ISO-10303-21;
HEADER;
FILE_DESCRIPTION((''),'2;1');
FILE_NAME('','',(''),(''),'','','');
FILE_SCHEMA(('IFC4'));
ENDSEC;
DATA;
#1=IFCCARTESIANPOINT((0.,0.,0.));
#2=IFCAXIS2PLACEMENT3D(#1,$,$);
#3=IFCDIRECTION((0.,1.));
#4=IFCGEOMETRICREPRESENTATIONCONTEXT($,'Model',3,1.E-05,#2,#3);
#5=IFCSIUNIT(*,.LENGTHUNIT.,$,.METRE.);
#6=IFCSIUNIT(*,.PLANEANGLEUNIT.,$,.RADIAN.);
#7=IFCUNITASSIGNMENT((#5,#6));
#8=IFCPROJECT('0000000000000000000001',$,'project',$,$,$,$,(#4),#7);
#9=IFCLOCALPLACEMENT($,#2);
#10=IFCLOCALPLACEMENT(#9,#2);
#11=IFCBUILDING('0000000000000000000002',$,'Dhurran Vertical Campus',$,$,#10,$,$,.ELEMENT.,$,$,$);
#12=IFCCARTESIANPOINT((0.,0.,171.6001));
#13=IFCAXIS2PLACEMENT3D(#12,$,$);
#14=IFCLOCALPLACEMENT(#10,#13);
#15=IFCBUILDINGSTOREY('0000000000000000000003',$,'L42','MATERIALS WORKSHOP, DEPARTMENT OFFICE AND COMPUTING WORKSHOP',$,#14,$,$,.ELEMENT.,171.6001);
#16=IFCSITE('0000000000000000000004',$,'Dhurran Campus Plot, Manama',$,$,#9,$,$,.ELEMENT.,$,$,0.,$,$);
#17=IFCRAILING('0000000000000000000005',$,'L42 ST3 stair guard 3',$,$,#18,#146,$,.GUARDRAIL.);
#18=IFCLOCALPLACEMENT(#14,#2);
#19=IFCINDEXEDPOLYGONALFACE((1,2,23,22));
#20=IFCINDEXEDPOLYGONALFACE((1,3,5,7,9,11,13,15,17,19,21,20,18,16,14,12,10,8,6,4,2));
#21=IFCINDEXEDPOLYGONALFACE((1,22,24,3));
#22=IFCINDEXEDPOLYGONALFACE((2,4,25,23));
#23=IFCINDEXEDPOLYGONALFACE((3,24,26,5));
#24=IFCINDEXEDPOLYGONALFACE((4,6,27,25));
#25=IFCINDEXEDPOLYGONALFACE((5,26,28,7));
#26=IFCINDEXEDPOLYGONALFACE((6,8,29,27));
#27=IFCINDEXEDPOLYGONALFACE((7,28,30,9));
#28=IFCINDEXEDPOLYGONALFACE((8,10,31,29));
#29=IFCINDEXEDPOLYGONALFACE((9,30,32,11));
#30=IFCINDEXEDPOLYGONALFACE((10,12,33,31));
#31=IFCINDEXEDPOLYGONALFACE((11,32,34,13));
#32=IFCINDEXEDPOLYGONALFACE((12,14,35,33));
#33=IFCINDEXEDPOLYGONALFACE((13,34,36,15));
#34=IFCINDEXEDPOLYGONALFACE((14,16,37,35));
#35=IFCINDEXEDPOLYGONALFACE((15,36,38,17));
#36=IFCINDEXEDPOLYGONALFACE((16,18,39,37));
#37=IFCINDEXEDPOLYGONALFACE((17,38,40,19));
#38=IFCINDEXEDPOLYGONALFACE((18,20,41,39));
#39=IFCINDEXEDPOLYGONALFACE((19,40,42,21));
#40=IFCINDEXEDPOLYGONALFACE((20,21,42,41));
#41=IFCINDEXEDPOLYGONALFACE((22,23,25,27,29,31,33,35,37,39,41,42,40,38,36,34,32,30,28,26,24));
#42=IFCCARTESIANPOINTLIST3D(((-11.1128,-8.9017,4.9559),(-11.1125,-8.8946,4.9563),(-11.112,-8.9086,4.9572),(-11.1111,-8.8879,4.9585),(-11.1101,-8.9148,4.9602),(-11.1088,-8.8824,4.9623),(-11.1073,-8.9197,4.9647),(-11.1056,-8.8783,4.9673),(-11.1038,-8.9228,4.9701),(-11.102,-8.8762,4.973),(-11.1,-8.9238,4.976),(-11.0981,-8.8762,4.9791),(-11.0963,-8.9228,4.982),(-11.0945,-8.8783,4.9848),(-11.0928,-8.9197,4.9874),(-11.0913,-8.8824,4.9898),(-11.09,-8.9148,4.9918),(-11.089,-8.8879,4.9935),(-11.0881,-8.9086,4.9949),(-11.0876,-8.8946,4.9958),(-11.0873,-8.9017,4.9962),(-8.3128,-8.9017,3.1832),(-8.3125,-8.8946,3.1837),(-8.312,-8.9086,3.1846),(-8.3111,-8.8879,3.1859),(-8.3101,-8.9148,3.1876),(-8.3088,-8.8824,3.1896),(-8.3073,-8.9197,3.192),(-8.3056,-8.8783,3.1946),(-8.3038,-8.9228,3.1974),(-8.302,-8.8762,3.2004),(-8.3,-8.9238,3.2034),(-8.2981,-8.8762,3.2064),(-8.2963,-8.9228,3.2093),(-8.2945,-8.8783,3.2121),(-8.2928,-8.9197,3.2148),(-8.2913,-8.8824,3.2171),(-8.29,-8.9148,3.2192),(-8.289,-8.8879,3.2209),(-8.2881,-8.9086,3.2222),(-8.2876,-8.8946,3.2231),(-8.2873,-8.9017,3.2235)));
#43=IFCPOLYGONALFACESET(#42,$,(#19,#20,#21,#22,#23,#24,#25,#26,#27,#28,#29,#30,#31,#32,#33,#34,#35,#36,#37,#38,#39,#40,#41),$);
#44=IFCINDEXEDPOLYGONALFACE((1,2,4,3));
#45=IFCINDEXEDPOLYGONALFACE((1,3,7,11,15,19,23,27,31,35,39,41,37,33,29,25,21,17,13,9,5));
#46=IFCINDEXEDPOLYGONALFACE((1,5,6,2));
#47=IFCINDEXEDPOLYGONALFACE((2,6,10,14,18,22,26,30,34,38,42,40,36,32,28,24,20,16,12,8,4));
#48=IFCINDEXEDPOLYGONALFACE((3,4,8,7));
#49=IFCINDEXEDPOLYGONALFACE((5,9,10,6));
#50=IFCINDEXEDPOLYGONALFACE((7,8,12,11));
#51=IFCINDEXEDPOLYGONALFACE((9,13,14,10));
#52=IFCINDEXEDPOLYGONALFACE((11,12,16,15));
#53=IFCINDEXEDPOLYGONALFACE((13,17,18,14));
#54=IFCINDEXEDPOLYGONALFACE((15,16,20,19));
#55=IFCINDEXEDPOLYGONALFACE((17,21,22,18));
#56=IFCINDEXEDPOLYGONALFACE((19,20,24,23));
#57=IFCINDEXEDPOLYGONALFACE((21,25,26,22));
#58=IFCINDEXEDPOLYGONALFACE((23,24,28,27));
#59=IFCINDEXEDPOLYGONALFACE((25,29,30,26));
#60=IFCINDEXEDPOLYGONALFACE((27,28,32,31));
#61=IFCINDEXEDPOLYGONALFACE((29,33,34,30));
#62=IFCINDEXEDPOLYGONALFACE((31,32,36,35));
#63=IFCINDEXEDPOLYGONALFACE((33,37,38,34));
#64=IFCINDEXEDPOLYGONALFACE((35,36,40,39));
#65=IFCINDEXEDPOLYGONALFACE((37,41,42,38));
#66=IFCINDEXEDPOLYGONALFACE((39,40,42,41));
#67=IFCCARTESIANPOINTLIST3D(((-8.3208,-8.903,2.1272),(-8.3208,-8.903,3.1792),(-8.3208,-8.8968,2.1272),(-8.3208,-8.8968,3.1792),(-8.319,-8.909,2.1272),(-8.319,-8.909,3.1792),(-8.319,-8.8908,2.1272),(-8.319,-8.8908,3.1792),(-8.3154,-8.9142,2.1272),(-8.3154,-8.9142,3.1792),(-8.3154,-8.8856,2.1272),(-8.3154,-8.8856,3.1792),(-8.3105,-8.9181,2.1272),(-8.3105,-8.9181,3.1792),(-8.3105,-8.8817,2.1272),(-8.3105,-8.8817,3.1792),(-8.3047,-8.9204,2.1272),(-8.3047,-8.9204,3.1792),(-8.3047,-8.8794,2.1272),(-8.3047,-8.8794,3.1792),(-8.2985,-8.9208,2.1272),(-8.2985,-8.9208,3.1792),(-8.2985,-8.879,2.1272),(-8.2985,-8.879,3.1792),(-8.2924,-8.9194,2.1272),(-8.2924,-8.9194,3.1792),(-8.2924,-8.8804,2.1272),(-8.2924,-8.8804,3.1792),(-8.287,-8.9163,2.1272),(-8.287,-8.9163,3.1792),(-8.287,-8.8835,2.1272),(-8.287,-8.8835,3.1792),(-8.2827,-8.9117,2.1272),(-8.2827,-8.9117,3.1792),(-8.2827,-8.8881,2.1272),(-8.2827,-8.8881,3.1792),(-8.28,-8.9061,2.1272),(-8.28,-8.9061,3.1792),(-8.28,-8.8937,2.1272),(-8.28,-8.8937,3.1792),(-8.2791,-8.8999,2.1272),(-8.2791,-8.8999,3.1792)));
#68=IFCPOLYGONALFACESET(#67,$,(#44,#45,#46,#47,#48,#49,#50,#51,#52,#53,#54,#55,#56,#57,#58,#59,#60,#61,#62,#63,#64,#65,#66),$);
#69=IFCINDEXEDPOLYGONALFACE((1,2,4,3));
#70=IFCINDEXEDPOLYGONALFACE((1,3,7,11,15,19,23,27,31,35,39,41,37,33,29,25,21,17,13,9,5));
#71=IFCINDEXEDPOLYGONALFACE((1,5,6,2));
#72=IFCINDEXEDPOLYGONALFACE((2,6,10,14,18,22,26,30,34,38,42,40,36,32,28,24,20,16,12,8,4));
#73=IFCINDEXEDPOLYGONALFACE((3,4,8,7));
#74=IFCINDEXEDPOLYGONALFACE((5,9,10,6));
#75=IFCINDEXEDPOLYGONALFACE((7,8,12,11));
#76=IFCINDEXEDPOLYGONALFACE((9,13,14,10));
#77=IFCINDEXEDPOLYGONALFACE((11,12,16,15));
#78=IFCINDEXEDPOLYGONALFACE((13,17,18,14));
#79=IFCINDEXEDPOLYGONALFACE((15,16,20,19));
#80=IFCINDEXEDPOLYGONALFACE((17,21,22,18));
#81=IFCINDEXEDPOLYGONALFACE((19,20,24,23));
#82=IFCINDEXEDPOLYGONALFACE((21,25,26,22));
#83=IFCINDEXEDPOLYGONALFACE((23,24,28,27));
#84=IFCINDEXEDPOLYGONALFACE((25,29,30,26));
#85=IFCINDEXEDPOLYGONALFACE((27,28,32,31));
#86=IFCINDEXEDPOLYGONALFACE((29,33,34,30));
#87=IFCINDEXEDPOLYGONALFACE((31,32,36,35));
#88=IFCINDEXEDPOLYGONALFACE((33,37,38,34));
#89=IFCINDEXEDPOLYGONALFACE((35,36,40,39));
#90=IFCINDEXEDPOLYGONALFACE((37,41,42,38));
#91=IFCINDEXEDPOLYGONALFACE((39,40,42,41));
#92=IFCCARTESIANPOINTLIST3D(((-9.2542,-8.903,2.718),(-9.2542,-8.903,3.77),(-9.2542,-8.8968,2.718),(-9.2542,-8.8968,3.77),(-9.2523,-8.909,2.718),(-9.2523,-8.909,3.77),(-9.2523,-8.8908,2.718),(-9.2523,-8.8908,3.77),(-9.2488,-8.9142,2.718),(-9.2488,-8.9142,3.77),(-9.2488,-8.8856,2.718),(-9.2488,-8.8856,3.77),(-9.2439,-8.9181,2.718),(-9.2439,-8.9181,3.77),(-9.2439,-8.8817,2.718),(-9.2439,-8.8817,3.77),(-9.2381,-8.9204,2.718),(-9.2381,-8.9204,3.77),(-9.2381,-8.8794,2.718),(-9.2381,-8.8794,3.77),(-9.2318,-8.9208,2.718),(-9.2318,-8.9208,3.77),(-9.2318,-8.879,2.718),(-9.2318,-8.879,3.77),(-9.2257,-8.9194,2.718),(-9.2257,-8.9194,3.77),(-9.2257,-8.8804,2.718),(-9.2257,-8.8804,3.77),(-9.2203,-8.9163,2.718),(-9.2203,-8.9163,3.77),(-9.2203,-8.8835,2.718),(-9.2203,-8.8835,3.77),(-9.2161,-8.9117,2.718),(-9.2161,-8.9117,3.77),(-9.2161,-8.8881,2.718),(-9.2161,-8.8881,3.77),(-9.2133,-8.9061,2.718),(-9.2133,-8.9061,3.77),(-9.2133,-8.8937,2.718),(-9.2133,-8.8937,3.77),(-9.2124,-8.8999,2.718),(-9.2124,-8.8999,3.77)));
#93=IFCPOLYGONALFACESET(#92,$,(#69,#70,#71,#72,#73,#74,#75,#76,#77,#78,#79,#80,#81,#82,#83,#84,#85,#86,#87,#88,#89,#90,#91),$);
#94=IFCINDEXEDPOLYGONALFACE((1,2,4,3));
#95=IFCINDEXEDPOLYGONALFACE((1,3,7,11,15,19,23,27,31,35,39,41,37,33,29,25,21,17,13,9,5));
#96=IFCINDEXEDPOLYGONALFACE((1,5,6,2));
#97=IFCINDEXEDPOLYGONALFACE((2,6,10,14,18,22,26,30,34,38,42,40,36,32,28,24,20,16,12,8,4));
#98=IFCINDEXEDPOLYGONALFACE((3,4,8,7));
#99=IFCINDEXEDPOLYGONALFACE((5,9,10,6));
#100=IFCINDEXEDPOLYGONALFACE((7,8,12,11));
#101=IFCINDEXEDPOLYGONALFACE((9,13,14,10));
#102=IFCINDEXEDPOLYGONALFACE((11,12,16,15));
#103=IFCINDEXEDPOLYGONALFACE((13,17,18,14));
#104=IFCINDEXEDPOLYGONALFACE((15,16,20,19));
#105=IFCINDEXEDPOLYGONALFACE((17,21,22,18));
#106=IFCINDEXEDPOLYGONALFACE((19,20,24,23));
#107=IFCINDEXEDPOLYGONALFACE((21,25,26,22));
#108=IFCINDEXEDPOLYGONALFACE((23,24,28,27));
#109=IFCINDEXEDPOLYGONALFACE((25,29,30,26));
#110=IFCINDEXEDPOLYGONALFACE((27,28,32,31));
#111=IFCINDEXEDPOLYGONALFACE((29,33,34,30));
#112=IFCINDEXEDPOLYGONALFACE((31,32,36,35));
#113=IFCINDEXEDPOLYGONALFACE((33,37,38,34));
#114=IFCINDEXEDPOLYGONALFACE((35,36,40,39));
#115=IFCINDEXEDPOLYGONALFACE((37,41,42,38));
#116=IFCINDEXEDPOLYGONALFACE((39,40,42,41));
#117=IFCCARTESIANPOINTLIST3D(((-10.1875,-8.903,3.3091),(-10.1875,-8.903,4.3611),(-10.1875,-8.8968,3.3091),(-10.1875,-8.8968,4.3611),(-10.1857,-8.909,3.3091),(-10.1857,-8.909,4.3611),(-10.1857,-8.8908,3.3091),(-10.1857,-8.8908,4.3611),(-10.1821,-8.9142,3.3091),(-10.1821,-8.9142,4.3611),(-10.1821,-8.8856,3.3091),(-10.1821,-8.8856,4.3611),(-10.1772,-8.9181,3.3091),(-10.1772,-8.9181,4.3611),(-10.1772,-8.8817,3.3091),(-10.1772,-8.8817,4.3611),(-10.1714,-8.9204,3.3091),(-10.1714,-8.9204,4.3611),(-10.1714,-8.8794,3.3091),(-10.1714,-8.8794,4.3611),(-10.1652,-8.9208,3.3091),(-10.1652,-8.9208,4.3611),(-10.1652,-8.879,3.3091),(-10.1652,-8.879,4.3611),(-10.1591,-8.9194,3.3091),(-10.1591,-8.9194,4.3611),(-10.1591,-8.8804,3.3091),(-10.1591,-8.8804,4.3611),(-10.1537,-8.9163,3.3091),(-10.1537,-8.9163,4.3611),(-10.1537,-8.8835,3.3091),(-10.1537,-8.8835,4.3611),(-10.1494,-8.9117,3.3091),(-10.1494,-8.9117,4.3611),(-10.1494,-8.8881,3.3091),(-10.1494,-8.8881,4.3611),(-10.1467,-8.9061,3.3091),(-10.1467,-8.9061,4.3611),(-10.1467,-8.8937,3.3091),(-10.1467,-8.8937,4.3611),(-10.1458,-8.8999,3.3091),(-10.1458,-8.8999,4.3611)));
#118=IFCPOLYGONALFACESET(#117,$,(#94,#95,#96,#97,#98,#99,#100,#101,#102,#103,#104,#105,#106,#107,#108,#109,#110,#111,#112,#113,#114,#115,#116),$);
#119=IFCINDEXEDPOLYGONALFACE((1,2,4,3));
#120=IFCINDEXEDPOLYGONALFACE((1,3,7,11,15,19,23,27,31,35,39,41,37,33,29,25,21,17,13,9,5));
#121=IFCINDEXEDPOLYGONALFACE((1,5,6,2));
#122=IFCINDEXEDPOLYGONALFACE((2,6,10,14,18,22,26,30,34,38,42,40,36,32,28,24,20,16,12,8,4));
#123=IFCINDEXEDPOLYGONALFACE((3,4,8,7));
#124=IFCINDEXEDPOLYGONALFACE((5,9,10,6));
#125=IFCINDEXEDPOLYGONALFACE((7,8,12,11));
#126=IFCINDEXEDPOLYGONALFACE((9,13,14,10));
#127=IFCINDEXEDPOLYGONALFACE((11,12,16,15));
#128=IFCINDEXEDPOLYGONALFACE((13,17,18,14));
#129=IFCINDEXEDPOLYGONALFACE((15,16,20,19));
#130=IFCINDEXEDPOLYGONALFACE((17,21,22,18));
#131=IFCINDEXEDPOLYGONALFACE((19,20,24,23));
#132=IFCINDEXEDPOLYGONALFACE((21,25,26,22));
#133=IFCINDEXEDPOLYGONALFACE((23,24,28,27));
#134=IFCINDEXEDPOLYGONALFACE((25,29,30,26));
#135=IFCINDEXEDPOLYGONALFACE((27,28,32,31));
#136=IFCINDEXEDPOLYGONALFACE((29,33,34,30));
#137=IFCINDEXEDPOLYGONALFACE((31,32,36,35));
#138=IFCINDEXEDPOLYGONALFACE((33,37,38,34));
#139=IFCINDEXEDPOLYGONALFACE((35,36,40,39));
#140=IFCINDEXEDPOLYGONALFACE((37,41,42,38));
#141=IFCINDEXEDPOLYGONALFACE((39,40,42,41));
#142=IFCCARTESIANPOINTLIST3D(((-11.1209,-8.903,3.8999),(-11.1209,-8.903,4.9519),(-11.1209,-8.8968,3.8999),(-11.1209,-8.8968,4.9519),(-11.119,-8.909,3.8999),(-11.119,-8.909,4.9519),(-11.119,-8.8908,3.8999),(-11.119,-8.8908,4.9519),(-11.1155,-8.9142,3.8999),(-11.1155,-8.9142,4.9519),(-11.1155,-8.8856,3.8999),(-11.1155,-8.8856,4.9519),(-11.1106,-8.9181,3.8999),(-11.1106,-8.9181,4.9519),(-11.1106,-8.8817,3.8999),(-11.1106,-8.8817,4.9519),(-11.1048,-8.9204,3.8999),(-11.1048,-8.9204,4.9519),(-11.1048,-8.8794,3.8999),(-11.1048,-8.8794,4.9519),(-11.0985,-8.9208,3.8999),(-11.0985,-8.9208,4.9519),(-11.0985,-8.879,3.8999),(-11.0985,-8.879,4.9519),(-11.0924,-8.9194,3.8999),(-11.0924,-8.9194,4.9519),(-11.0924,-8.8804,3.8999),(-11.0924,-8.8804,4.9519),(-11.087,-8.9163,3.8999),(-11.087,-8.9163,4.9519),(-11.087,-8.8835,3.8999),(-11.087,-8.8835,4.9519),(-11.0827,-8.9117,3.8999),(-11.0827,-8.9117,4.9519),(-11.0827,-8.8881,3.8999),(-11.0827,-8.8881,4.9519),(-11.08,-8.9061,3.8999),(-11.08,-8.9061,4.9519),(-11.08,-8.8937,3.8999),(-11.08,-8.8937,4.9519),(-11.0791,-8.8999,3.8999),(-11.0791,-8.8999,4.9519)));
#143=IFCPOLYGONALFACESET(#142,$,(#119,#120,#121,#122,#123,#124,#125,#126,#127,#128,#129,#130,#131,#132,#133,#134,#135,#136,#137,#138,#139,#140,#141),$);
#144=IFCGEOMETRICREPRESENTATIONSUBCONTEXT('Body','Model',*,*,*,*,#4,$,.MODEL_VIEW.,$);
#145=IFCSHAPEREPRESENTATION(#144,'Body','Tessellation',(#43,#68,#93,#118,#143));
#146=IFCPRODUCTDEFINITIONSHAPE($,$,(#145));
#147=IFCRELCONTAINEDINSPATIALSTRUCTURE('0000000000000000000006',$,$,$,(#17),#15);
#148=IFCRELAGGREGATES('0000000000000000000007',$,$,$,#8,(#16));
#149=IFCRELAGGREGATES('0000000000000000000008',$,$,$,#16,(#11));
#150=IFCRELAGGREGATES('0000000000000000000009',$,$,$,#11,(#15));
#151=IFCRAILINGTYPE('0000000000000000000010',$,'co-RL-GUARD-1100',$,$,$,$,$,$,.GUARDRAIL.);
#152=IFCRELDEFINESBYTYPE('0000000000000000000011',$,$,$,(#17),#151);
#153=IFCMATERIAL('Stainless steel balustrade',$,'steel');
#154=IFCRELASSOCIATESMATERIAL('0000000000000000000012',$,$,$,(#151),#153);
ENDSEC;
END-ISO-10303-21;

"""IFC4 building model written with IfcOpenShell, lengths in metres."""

from ifc_helpers import new_model, si_unit, direction, frame, origin, origin_2d, place, context, subcontext, project, spatial, circle, extrude, material, type_object, element, save


model = new_model("IFC4")

# Units and contexts
model_context = context("Model", 3, precision=1e-05, world=origin(), true_north=direction((0.0, 1.0)))
body_context = subcontext(model_context, "Body", "Model", "MODEL_VIEW")
ifc_project = project(units=[si_unit("LENGTHUNIT", "METRE"), si_unit("PLANEANGLEUNIT", "RADIAN")], contexts=[model_context])

# Site, building, storey
site_placement = place(None, origin())
site = spatial("IfcSite", under=ifc_project, at=site_placement, Name="Dhurran Campus Plot, Manama", CompositionType="ELEMENT", RefElevation=0.0)
building_placement = place(site_placement, origin())
building = spatial("IfcBuilding", under=site, at=building_placement, Name="Dhurran Vertical Campus", CompositionType="ELEMENT")
storey_placement = place(building_placement, frame((0.0, 0.0, 171.6001)))
storey = spatial("IfcBuildingStorey", under=building, at=storey_placement, Name="L42", Description="MATERIALS WORKSHOP, DEPARTMENT OFFICE AND COMPUTING WORKSHOP", CompositionType="ELEMENT", Elevation=171.6001)

# Railing
ifc_material_1 = material(Name="Stainless steel balustrade", Category="steel")
railing_type_1 = type_object("IfcRailingType", Name="co-RL-GUARD-1100", PredefinedType="GUARDRAIL", material=ifc_material_1)
railing_1_placement = place(storey_placement, frame((-8.3, -8.8999, 2.1272)))
element("IfcRailing", 1, at=railing_1_placement, inside=storey, type_object=railing_type_1, Name="L42 ST3 stair guard 3", PredefinedType="GUARDRAIL", context=body_context, shape_type="SweptSolid", body=[
    extrude(circle(Radius=0.0239, at=origin_2d()), frame((0.0, 0.0, 1.0762), z_axis=(-0.844909, 0.0, 0.53491), x_axis=(0.0, -1.0, 0.0)), (0.0, 0.0, 1.0), 3.314),
    extrude(circle(Radius=0.021, at=origin_2d()), origin(), (0.0, 0.0, 1.0), 1.052),
    extrude(circle(Radius=0.021, at=origin_2d()), frame((-0.9333, 0.0, 0.5908)), (0.0, 0.0, 1.0), 1.052),
    extrude(circle(Radius=0.021, at=origin_2d()), frame((-1.8667, 0.0, 1.1819)), (0.0, 0.0, 1.0), 1.052),
    extrude(circle(Radius=0.021, at=origin_2d()), frame((-2.8, 0.0, 1.7727)), (0.0, 0.0, 1.0), 1.052),
])

save(model, "model.ifc")
